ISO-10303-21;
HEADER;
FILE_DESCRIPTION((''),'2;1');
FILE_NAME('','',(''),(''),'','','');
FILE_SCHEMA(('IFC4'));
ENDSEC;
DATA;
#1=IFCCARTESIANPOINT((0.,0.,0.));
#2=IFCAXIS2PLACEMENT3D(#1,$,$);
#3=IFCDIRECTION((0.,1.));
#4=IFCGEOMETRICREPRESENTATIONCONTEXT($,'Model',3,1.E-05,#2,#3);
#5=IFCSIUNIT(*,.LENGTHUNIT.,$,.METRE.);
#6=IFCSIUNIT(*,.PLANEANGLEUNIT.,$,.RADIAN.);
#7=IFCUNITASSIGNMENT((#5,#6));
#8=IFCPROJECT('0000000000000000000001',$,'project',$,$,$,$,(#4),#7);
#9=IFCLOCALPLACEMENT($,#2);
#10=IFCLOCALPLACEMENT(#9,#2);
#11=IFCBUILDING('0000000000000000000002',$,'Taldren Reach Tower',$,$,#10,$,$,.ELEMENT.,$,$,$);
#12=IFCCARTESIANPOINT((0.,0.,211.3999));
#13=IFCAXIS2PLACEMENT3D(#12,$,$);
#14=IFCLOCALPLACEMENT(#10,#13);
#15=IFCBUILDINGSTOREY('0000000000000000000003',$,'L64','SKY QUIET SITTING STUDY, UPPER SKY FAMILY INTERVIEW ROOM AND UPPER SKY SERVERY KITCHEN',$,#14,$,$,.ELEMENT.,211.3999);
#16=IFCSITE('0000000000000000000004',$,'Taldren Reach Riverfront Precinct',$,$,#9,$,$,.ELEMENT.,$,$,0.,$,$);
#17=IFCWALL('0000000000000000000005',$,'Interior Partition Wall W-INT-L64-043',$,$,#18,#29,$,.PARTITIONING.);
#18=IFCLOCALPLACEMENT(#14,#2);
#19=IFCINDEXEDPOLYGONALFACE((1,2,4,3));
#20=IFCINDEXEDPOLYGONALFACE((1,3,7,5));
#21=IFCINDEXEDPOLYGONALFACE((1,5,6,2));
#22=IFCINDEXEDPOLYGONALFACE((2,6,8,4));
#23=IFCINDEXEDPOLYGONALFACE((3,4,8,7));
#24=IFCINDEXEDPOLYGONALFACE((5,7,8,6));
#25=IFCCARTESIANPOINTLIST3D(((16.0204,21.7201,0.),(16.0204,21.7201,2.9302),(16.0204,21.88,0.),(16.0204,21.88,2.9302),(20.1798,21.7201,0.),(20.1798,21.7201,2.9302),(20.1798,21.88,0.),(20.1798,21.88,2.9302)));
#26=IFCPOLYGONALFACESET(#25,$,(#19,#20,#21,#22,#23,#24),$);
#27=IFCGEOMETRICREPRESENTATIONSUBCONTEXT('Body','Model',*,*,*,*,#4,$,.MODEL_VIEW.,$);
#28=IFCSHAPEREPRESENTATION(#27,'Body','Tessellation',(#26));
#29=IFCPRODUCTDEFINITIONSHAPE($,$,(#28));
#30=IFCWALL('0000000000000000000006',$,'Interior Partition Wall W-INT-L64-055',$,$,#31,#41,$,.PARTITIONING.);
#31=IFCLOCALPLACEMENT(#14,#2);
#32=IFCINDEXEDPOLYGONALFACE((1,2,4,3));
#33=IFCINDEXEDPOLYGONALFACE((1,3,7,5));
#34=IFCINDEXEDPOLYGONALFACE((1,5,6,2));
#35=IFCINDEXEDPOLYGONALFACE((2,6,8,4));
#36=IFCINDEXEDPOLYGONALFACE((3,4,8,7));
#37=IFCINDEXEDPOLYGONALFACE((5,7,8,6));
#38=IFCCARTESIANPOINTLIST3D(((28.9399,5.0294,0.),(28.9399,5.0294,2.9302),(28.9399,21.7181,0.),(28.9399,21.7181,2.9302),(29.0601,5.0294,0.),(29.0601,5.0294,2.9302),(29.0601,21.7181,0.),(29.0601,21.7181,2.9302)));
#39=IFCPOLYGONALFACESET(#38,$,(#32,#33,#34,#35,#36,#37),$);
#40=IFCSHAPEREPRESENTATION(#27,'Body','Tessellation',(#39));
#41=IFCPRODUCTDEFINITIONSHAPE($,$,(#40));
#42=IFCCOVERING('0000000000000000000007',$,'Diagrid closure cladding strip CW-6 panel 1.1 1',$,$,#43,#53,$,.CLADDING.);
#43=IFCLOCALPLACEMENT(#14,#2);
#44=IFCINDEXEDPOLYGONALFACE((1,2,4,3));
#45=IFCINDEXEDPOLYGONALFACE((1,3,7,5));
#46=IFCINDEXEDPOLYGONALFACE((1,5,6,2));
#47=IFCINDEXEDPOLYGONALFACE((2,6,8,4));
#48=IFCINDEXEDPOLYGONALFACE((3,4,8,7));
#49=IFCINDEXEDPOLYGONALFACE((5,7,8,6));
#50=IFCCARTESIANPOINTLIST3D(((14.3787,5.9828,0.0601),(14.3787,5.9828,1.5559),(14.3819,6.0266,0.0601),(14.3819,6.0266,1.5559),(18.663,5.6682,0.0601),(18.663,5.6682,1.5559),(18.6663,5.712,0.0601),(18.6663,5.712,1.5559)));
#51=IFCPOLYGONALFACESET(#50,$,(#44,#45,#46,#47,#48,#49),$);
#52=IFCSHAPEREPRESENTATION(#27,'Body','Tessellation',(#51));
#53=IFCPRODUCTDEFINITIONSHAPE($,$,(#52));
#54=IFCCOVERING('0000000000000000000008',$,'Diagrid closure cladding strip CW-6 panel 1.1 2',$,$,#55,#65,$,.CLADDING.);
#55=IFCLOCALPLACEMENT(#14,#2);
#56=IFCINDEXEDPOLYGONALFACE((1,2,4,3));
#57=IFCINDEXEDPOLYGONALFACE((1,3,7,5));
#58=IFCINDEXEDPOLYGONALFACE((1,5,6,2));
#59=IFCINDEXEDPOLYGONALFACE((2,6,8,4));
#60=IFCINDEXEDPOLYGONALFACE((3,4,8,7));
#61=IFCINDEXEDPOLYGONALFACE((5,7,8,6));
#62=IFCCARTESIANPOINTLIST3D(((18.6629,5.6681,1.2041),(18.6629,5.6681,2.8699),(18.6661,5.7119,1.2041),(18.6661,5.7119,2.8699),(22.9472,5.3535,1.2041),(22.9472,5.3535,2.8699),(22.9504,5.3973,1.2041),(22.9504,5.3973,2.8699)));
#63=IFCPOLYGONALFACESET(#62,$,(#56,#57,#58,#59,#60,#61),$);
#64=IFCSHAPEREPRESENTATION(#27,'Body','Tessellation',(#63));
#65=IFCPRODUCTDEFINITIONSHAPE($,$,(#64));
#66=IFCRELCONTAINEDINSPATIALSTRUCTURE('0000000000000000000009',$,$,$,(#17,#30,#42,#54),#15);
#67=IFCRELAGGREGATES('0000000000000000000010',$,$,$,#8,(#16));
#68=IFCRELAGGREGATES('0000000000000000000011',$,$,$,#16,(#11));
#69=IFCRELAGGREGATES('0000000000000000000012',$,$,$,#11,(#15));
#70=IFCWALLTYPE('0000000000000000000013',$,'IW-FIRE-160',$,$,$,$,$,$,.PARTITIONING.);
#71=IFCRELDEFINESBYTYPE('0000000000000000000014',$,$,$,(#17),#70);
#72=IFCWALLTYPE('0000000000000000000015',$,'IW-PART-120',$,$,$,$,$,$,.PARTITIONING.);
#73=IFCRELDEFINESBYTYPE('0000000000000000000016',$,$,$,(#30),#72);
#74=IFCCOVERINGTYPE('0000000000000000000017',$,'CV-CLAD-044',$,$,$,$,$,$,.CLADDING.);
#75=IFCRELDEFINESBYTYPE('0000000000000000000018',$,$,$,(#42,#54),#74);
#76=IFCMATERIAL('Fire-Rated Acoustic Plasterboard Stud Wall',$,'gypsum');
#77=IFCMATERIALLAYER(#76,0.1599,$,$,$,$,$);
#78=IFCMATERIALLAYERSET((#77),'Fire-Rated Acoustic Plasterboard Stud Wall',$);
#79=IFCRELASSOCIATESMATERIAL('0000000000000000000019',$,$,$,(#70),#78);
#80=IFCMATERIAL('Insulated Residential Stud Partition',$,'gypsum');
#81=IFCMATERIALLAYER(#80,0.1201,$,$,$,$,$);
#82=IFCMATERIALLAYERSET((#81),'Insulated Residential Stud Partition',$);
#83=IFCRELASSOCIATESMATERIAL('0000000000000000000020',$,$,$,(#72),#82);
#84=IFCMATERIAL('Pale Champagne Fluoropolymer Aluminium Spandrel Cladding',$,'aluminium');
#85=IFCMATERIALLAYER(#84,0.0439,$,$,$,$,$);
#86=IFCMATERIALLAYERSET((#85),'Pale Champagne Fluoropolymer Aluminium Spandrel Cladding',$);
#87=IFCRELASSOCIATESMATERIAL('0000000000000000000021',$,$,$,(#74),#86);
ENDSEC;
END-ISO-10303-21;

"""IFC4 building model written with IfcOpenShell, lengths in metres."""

from ifc_helpers import new_model, si_unit, direction, frame, frame_2d, origin, origin_2d, place, context, subcontext, project, spatial, rectangle, extrude, source, transform, mapped, material, layer, layer_set, type_object, element, save


model = new_model("IFC4")

# Units and contexts
model_context = context("Model", 3, precision=1e-05, world=origin(), true_north=direction((0.0, 1.0)))
body_context = subcontext(model_context, "Body", "Model", "MODEL_VIEW")
ifc_project = project(units=[si_unit("LENGTHUNIT", "METRE"), si_unit("PLANEANGLEUNIT", "RADIAN")], contexts=[model_context])

# Site, building, storey
site_placement = place(None, origin())
site = spatial("IfcSite", under=ifc_project, at=site_placement, Name="Taldren Reach Riverfront Precinct", CompositionType="ELEMENT", RefElevation=0.0)
building_placement = place(site_placement, origin())
building = spatial("IfcBuilding", under=site, at=building_placement, Name="Taldren Reach Tower", CompositionType="ELEMENT")
storey_placement = place(building_placement, frame((0.0, 0.0, 211.3999)))
storey = spatial("IfcBuildingStorey", under=building, at=storey_placement, Name="L64", Description="SKY QUIET SITTING STUDY, UPPER SKY FAMILY INTERVIEW ROOM AND UPPER SKY SERVERY KITCHEN", CompositionType="ELEMENT", Elevation=211.3999)

# Shared definitions
ifc_material_1 = material(Name="Fire-Rated Acoustic Plasterboard Stud Wall", Category="gypsum")
ifc_layer_1 = layer(ifc_material_1, 0.1599)
ifc_layer_set_1 = layer_set([ifc_layer_1], Name="Fire-Rated Acoustic Plasterboard Stud Wall")
wall_type_1 = type_object("IfcWallType", Name="IW-FIRE-160", PredefinedType="PARTITIONING", material=ifc_layer_set_1)

# Walls
shared_shape_1 = source(origin(), body_context, "Body", "SweptSolid", [
    extrude(rectangle(XDim=4.1594, YDim=0.1599, at=frame_2d((2.0796, 0.0))), origin(), (0.0, 0.0, 1.0), 2.9302),
])
wall_1_placement = place(storey_placement, frame((20.1797, 21.8, 0.0), z_axis=(0.0, 0.0, 1.0), x_axis=(-1.0, 0.0, 0.0)))
element("IfcWall", 1, at=wall_1_placement, inside=storey, type_object=wall_type_1, Name="Interior Partition Wall W-INT-L64-043", PredefinedType="PARTITIONING", context=body_context, shape_type="MappedRepresentation", body=[
    mapped(shared_shape_1, transform((0.0, 0.0, 0.0), scale=1.0)),
])
ifc_material_2 = material(Name="Insulated Residential Stud Partition", Category="gypsum")
ifc_layer_2 = layer(ifc_material_2, 0.1201)
ifc_layer_set_2 = layer_set([ifc_layer_2], Name="Insulated Residential Stud Partition")
wall_type_2 = type_object("IfcWallType", Name="IW-PART-120", PredefinedType="PARTITIONING", material=ifc_layer_set_2)
shared_shape_2 = source(origin(), body_context, "Body", "SweptSolid", [
    extrude(rectangle(XDim=16.6887, YDim=0.1201, at=frame_2d((8.3442, 0.0))), origin(), (0.0, 0.0, 1.0), 2.9302),
])
wall_2_placement = place(storey_placement, frame((29.0, 21.718, 0.0), z_axis=(0.0, 0.0, 1.0), x_axis=(0.0, -1.0, 0.0)))
element("IfcWall", 2, at=wall_2_placement, inside=storey, type_object=wall_type_2, Name="Interior Partition Wall W-INT-L64-055", PredefinedType="PARTITIONING", context=body_context, shape_type="MappedRepresentation", body=[
    mapped(shared_shape_2, transform((0.0, 0.0, 0.0), scale=1.0)),
])

# Coverings
ifc_material_3 = material(Name="Pale Champagne Fluoropolymer Aluminium Spandrel Cladding", Category="aluminium")
ifc_layer_3 = layer(ifc_material_3, 0.0439)
ifc_layer_set_3 = layer_set([ifc_layer_3], Name="Pale Champagne Fluoropolymer Aluminium Spandrel Cladding")
covering_type = type_object("IfcCoveringType", Name="CV-CLAD-044", PredefinedType="CLADDING", material=ifc_layer_set_3)
shared_shape_3 = source(origin(), body_context, "Body", "SweptSolid", [
    extrude(rectangle(XDim=4.2959, YDim=0.0439, at=origin_2d()), origin(), (0.0, 0.0, 1.0), 1.4958),
])
covering_1_placement = place(storey_placement, frame((16.5225, 5.8474, 0.0601), z_axis=(0.0, 0.0, 1.0), x_axis=(0.997314, -0.073238, 0.0)))
element("IfcCovering", 3, at=covering_1_placement, inside=storey, type_object=covering_type, Name="Diagrid closure cladding strip CW-6 panel 1.1 1", PredefinedType="CLADDING", context=body_context, shape_type="MappedRepresentation", body=[
    mapped(shared_shape_3, transform((0.0, 0.0, 0.0), scale=1.0)),
])
shared_shape_4 = source(origin(), body_context, "Body", "SweptSolid", [
    extrude(rectangle(XDim=4.2959, YDim=0.0439, at=origin_2d()), origin(), (0.0, 0.0, 1.0), 1.6658),
])
covering_2_placement = place(storey_placement, frame((20.8066, 5.5327, 1.2041), z_axis=(0.0, 0.0, 1.0), x_axis=(0.997314, -0.073238, 0.0)))
element("IfcCovering", 4, at=covering_2_placement, inside=storey, type_object=covering_type, Name="Diagrid closure cladding strip CW-6 panel 1.1 2", PredefinedType="CLADDING", context=body_context, shape_type="MappedRepresentation", body=[
    mapped(shared_shape_4, transform((0.0, 0.0, 0.0), scale=1.0)),
])

save(model, "model.ifc")
